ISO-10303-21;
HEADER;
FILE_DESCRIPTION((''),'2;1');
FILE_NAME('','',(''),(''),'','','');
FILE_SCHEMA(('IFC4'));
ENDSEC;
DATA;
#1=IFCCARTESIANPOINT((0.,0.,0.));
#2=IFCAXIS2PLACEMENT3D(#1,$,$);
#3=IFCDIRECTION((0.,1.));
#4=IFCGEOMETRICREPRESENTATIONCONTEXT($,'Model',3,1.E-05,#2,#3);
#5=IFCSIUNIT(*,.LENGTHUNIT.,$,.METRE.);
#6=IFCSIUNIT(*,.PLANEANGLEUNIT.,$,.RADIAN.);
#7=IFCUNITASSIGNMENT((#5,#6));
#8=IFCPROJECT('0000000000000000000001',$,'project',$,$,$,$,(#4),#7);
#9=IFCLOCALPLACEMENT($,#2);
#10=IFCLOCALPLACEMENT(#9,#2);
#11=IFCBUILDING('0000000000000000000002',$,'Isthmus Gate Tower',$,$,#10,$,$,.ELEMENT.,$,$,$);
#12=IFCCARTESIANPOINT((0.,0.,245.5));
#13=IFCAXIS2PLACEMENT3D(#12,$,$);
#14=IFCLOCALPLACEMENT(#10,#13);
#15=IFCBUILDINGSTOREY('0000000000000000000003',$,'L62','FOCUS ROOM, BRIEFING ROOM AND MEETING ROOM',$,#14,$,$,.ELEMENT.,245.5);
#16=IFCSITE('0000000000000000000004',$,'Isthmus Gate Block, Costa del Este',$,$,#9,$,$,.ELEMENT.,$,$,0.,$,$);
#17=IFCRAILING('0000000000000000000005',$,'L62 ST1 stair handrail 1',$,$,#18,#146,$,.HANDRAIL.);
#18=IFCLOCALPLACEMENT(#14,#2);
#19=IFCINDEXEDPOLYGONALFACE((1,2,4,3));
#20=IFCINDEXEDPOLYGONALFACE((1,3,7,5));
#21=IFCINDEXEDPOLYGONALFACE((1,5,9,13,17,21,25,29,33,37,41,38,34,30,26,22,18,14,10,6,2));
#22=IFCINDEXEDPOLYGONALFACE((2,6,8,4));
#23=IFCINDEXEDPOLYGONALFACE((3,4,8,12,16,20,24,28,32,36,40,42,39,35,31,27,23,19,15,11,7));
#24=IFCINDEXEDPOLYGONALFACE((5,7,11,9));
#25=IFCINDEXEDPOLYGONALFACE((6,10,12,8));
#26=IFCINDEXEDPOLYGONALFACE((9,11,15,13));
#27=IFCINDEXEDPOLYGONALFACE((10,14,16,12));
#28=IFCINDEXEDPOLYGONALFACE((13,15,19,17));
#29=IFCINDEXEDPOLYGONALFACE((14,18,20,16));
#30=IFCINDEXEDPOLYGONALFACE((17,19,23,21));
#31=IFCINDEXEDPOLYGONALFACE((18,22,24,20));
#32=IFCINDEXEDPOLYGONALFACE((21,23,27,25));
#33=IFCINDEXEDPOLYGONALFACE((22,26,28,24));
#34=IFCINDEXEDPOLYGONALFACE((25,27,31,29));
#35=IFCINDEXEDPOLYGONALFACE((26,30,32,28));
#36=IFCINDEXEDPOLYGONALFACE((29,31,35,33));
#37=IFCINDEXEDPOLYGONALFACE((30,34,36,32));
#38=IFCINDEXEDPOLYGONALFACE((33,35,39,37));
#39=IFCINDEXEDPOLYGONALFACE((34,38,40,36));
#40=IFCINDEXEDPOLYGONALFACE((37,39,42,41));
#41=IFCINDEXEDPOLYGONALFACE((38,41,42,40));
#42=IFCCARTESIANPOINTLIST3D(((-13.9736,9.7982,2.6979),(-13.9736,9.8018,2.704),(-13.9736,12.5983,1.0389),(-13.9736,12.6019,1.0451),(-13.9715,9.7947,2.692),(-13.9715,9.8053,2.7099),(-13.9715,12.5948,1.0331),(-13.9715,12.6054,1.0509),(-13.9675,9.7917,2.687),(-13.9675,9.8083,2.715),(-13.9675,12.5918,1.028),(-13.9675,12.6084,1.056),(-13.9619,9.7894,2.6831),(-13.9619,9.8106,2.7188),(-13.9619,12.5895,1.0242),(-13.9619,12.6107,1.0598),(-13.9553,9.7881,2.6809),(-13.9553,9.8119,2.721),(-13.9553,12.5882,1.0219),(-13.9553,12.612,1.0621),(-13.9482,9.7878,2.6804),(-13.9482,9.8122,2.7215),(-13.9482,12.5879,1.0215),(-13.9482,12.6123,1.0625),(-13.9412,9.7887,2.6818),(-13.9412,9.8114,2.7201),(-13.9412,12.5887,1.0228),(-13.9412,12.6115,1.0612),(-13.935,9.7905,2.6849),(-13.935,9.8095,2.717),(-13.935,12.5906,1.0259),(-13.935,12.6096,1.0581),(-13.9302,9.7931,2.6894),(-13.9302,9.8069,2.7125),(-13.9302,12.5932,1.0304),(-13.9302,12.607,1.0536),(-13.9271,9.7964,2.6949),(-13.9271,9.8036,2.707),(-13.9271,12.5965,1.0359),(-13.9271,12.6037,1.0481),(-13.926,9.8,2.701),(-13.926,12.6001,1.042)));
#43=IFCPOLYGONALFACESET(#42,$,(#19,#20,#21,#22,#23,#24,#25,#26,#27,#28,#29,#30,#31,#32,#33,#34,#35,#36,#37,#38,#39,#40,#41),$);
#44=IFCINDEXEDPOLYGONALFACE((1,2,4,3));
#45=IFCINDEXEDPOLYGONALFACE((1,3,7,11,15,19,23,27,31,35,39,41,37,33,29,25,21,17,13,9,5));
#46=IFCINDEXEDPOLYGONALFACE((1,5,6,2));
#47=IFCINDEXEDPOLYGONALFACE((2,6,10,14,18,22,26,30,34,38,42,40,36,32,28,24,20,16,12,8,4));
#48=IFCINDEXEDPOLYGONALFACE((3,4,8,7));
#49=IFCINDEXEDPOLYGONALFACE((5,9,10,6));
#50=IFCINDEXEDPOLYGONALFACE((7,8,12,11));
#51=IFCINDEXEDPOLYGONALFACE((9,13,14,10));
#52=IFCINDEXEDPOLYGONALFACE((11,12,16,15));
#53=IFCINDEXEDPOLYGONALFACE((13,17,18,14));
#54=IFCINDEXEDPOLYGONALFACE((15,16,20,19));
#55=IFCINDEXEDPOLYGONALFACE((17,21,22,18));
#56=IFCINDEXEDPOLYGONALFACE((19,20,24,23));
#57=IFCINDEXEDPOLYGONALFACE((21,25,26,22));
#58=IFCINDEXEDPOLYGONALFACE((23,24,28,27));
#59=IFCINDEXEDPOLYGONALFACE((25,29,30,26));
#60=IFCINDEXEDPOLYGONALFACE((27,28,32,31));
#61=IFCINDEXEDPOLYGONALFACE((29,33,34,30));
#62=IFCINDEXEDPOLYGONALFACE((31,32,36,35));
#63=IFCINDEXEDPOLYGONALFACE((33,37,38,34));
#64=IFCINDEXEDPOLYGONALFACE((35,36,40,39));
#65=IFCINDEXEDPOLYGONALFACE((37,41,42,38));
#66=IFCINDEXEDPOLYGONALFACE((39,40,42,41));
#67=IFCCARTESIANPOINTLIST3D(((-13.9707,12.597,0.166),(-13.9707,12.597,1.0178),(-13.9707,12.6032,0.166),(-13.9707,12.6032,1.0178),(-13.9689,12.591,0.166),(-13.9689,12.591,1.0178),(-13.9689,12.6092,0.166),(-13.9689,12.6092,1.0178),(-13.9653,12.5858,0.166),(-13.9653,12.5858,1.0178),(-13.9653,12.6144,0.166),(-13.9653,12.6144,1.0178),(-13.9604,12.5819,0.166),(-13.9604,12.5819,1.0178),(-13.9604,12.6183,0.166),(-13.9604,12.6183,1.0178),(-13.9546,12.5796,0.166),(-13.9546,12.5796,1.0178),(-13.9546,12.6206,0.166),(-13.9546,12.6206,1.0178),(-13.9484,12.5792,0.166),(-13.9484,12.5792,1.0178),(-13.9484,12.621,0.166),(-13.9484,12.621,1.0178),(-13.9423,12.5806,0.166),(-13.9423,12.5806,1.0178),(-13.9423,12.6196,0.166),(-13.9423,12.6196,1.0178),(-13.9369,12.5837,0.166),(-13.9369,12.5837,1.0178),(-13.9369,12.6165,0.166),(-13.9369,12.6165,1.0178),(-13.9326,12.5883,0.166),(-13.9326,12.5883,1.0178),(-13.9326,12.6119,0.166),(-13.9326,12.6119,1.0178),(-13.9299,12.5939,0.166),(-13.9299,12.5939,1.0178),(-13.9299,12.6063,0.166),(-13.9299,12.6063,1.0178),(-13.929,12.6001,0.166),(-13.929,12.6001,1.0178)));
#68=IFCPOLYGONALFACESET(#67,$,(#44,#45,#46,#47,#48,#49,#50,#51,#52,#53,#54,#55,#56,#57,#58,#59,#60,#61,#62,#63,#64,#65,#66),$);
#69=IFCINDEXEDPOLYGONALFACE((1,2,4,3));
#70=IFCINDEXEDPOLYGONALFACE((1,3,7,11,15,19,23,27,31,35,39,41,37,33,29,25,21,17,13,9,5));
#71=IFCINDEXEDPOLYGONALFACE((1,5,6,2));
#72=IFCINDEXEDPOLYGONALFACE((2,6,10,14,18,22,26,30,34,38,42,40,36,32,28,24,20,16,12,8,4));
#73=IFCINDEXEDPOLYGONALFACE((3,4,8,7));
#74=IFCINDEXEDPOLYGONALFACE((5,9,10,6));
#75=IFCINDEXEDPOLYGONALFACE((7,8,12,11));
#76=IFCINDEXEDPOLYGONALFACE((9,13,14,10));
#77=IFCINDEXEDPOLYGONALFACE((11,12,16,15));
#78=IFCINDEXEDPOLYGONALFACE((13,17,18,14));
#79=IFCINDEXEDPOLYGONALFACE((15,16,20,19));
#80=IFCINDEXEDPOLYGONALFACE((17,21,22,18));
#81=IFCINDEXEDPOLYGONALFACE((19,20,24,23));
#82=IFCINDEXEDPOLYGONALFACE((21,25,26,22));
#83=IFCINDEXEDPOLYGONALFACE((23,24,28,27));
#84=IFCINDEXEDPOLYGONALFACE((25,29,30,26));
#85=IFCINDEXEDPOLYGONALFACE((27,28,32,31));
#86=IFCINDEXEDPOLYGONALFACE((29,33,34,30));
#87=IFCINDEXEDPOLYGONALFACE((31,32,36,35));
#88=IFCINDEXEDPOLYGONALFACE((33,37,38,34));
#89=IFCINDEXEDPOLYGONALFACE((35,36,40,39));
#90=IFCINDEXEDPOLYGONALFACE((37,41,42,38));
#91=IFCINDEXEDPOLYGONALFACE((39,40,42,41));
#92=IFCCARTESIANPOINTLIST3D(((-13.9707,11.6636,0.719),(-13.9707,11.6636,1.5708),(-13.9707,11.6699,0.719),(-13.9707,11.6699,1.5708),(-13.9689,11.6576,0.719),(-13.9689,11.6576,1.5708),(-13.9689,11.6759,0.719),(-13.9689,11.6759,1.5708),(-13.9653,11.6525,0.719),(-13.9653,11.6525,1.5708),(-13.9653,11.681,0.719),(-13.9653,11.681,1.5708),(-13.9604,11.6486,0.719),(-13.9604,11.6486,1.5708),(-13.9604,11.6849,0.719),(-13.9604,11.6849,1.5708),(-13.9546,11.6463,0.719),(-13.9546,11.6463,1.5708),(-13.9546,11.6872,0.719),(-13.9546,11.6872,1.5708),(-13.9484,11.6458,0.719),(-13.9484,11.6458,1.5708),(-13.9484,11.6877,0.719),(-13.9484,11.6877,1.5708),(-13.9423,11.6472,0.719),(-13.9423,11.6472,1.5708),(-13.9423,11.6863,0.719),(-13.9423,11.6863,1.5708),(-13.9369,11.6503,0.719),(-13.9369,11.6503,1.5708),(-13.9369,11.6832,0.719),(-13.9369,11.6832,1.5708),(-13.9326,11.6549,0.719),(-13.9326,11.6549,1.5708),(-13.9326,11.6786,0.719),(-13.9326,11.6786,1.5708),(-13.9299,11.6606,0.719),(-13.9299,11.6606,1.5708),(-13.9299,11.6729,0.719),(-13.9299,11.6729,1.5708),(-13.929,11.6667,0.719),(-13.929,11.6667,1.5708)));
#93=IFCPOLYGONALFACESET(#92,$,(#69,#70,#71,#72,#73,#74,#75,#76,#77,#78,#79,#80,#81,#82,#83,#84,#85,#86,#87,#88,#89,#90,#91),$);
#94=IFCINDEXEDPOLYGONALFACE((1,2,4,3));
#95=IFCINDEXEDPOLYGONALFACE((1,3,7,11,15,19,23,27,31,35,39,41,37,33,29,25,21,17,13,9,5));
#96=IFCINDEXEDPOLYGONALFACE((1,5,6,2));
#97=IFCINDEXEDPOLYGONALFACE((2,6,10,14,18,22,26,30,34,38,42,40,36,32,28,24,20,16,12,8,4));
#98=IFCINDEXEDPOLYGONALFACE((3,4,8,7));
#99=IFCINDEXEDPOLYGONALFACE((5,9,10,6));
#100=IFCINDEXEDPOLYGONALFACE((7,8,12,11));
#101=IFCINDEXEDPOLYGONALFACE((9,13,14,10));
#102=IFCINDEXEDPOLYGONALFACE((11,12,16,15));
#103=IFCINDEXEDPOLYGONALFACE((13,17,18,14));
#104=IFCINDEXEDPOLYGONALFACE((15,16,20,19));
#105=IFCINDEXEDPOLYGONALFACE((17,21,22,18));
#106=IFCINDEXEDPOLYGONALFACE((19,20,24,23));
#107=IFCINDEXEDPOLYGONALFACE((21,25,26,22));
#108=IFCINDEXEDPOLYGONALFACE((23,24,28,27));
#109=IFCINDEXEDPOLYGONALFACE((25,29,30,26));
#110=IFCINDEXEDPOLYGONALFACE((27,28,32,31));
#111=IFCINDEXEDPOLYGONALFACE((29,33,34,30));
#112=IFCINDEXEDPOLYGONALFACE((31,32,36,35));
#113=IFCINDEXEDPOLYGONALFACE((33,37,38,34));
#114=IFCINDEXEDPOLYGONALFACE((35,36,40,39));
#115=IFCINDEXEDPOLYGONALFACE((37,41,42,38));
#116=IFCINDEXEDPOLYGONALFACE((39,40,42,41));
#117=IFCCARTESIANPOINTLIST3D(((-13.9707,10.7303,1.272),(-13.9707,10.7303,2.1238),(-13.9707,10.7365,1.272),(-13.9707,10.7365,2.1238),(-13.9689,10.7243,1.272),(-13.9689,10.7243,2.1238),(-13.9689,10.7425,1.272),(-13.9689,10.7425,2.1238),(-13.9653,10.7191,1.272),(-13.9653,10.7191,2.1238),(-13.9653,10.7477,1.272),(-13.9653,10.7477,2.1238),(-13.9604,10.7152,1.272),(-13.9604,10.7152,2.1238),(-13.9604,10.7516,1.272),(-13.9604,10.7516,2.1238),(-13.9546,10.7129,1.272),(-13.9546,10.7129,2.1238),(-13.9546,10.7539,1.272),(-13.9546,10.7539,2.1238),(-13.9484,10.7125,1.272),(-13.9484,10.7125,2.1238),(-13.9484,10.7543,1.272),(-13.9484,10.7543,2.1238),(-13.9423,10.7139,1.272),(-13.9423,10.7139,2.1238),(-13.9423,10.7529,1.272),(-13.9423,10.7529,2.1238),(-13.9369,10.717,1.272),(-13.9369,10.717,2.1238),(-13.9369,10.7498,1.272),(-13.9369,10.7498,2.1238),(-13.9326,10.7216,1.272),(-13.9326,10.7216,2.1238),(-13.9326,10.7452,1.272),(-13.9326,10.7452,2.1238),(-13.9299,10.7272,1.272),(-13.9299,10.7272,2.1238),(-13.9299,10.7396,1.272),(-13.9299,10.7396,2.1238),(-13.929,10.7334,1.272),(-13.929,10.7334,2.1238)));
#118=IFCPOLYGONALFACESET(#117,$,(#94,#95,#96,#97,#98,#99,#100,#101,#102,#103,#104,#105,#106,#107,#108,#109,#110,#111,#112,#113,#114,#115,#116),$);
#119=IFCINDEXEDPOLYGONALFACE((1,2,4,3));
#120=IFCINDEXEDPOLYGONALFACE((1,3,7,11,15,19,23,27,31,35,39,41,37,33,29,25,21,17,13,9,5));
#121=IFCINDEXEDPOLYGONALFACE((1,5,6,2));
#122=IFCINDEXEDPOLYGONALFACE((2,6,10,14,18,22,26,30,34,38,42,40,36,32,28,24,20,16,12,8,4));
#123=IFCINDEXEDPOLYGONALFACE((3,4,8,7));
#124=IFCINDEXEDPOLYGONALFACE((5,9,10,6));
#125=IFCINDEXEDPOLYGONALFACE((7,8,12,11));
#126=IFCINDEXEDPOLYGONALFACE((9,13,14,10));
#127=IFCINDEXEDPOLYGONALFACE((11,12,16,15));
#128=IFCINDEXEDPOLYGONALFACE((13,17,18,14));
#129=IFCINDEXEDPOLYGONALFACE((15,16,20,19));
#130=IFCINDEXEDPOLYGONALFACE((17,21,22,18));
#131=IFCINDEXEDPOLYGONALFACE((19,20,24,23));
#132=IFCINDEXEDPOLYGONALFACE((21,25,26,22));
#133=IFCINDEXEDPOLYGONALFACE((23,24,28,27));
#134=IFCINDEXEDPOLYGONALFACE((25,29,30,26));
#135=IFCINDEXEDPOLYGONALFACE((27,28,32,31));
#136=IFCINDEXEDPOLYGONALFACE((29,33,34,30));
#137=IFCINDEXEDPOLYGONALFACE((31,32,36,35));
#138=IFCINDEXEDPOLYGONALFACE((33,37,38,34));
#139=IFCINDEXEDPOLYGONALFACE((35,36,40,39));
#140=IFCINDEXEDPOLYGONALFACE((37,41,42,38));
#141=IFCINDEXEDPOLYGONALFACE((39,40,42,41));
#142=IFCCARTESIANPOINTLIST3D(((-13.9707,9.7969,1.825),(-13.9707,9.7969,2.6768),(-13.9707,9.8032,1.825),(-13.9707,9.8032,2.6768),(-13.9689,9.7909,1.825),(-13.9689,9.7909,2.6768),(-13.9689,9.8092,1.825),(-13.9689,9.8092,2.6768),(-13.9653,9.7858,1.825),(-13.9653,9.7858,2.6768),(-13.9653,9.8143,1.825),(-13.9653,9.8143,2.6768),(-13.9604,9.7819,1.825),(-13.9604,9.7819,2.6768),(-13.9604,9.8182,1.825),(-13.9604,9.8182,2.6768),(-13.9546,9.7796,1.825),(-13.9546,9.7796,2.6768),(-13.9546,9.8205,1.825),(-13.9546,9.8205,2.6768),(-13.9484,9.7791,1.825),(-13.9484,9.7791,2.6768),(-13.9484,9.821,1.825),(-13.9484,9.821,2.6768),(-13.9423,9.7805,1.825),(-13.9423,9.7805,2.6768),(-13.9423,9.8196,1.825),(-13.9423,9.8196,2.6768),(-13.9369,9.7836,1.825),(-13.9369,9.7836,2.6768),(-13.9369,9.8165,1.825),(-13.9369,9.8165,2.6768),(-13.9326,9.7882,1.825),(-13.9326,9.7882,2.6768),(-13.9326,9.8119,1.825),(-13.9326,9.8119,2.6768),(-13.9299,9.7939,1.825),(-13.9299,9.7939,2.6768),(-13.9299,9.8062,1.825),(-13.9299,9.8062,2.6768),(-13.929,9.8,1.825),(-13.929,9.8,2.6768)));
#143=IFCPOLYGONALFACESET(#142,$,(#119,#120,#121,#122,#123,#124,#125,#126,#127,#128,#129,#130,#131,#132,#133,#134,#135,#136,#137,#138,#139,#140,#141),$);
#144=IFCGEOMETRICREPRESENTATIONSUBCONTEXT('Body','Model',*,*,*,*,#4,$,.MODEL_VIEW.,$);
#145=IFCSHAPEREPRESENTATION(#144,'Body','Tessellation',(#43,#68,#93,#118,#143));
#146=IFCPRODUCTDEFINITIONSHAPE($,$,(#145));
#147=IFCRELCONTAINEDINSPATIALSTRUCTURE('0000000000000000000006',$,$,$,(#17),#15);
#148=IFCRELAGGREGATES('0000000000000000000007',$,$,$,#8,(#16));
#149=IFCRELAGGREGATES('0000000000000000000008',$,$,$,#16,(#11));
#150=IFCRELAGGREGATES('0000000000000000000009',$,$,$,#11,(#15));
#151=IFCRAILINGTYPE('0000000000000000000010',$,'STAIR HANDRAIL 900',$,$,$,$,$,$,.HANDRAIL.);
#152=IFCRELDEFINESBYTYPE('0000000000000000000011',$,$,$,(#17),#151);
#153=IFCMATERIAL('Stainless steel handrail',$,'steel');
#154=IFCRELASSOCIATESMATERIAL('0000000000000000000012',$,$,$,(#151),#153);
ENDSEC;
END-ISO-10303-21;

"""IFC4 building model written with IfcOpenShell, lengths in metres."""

from ifc_helpers import new_model, si_unit, direction, frame, origin, origin_2d, place, context, subcontext, project, spatial, circle, extrude, material, type_object, element, save


model = new_model("IFC4")

# Units and contexts
model_context = context("Model", 3, precision=1e-05, world=origin(), true_north=direction((0.0, 1.0)))
body_context = subcontext(model_context, "Body", "Model", "MODEL_VIEW")
ifc_project = project(units=[si_unit("LENGTHUNIT", "METRE"), si_unit("PLANEANGLEUNIT", "RADIAN")], contexts=[model_context])

# Site, building, storey
site_placement = place(None, origin())
site = spatial("IfcSite", under=ifc_project, at=site_placement, Name="Isthmus Gate Block, Costa del Este", CompositionType="ELEMENT", RefElevation=0.0)
building_placement = place(site_placement, origin())
building = spatial("IfcBuilding", under=site, at=building_placement, Name="Isthmus Gate Tower", CompositionType="ELEMENT")
storey_placement = place(building_placement, frame((0.0, 0.0, 245.5)))
storey = spatial("IfcBuildingStorey", under=building, at=storey_placement, Name="L62", Description="FOCUS ROOM, BRIEFING ROOM AND MEETING ROOM", CompositionType="ELEMENT", Elevation=245.5)

# Railing
ifc_material_1 = material(Name="Stainless steel handrail", Category="steel")
railing_type = type_object("IfcRailingType", Name="STAIR HANDRAIL 900", PredefinedType="HANDRAIL", material=ifc_material_1)
for number, where, name in (
    (1, (-13.95, 12.6001, 0.166), "L62 ST1 stair handrail 1"),
):
    element("IfcRailing", number, at=place(storey_placement, frame(where)), inside=storey, type_object=railing_type, Name=name, PredefinedType="HANDRAIL", context=body_context, shape_type="SweptSolid", body=[
        extrude(circle(Radius=0.0239, at=origin_2d()), frame((0.0, 0.0, 0.876), z_axis=(0.0, -0.860339, 0.509722), x_axis=(1.0, 0.0, 0.0)), (0.0, 0.0, 1.0), 3.2546),
        extrude(circle(Radius=0.021, at=origin_2d()), origin(), (0.0, 0.0, 1.0), 0.8518),
        extrude(circle(Radius=0.021, at=origin_2d()), frame((0.0, -0.9333, 0.553)), (0.0, 0.0, 1.0), 0.8518),
        extrude(circle(Radius=0.021, at=origin_2d()), frame((0.0, -1.8667, 1.106)), (0.0, 0.0, 1.0), 0.8518),
        extrude(circle(Radius=0.021, at=origin_2d()), frame((0.0, -2.8, 1.6589)), (0.0, 0.0, 1.0), 0.8518),
    ])

save(model, "model.ifc")
